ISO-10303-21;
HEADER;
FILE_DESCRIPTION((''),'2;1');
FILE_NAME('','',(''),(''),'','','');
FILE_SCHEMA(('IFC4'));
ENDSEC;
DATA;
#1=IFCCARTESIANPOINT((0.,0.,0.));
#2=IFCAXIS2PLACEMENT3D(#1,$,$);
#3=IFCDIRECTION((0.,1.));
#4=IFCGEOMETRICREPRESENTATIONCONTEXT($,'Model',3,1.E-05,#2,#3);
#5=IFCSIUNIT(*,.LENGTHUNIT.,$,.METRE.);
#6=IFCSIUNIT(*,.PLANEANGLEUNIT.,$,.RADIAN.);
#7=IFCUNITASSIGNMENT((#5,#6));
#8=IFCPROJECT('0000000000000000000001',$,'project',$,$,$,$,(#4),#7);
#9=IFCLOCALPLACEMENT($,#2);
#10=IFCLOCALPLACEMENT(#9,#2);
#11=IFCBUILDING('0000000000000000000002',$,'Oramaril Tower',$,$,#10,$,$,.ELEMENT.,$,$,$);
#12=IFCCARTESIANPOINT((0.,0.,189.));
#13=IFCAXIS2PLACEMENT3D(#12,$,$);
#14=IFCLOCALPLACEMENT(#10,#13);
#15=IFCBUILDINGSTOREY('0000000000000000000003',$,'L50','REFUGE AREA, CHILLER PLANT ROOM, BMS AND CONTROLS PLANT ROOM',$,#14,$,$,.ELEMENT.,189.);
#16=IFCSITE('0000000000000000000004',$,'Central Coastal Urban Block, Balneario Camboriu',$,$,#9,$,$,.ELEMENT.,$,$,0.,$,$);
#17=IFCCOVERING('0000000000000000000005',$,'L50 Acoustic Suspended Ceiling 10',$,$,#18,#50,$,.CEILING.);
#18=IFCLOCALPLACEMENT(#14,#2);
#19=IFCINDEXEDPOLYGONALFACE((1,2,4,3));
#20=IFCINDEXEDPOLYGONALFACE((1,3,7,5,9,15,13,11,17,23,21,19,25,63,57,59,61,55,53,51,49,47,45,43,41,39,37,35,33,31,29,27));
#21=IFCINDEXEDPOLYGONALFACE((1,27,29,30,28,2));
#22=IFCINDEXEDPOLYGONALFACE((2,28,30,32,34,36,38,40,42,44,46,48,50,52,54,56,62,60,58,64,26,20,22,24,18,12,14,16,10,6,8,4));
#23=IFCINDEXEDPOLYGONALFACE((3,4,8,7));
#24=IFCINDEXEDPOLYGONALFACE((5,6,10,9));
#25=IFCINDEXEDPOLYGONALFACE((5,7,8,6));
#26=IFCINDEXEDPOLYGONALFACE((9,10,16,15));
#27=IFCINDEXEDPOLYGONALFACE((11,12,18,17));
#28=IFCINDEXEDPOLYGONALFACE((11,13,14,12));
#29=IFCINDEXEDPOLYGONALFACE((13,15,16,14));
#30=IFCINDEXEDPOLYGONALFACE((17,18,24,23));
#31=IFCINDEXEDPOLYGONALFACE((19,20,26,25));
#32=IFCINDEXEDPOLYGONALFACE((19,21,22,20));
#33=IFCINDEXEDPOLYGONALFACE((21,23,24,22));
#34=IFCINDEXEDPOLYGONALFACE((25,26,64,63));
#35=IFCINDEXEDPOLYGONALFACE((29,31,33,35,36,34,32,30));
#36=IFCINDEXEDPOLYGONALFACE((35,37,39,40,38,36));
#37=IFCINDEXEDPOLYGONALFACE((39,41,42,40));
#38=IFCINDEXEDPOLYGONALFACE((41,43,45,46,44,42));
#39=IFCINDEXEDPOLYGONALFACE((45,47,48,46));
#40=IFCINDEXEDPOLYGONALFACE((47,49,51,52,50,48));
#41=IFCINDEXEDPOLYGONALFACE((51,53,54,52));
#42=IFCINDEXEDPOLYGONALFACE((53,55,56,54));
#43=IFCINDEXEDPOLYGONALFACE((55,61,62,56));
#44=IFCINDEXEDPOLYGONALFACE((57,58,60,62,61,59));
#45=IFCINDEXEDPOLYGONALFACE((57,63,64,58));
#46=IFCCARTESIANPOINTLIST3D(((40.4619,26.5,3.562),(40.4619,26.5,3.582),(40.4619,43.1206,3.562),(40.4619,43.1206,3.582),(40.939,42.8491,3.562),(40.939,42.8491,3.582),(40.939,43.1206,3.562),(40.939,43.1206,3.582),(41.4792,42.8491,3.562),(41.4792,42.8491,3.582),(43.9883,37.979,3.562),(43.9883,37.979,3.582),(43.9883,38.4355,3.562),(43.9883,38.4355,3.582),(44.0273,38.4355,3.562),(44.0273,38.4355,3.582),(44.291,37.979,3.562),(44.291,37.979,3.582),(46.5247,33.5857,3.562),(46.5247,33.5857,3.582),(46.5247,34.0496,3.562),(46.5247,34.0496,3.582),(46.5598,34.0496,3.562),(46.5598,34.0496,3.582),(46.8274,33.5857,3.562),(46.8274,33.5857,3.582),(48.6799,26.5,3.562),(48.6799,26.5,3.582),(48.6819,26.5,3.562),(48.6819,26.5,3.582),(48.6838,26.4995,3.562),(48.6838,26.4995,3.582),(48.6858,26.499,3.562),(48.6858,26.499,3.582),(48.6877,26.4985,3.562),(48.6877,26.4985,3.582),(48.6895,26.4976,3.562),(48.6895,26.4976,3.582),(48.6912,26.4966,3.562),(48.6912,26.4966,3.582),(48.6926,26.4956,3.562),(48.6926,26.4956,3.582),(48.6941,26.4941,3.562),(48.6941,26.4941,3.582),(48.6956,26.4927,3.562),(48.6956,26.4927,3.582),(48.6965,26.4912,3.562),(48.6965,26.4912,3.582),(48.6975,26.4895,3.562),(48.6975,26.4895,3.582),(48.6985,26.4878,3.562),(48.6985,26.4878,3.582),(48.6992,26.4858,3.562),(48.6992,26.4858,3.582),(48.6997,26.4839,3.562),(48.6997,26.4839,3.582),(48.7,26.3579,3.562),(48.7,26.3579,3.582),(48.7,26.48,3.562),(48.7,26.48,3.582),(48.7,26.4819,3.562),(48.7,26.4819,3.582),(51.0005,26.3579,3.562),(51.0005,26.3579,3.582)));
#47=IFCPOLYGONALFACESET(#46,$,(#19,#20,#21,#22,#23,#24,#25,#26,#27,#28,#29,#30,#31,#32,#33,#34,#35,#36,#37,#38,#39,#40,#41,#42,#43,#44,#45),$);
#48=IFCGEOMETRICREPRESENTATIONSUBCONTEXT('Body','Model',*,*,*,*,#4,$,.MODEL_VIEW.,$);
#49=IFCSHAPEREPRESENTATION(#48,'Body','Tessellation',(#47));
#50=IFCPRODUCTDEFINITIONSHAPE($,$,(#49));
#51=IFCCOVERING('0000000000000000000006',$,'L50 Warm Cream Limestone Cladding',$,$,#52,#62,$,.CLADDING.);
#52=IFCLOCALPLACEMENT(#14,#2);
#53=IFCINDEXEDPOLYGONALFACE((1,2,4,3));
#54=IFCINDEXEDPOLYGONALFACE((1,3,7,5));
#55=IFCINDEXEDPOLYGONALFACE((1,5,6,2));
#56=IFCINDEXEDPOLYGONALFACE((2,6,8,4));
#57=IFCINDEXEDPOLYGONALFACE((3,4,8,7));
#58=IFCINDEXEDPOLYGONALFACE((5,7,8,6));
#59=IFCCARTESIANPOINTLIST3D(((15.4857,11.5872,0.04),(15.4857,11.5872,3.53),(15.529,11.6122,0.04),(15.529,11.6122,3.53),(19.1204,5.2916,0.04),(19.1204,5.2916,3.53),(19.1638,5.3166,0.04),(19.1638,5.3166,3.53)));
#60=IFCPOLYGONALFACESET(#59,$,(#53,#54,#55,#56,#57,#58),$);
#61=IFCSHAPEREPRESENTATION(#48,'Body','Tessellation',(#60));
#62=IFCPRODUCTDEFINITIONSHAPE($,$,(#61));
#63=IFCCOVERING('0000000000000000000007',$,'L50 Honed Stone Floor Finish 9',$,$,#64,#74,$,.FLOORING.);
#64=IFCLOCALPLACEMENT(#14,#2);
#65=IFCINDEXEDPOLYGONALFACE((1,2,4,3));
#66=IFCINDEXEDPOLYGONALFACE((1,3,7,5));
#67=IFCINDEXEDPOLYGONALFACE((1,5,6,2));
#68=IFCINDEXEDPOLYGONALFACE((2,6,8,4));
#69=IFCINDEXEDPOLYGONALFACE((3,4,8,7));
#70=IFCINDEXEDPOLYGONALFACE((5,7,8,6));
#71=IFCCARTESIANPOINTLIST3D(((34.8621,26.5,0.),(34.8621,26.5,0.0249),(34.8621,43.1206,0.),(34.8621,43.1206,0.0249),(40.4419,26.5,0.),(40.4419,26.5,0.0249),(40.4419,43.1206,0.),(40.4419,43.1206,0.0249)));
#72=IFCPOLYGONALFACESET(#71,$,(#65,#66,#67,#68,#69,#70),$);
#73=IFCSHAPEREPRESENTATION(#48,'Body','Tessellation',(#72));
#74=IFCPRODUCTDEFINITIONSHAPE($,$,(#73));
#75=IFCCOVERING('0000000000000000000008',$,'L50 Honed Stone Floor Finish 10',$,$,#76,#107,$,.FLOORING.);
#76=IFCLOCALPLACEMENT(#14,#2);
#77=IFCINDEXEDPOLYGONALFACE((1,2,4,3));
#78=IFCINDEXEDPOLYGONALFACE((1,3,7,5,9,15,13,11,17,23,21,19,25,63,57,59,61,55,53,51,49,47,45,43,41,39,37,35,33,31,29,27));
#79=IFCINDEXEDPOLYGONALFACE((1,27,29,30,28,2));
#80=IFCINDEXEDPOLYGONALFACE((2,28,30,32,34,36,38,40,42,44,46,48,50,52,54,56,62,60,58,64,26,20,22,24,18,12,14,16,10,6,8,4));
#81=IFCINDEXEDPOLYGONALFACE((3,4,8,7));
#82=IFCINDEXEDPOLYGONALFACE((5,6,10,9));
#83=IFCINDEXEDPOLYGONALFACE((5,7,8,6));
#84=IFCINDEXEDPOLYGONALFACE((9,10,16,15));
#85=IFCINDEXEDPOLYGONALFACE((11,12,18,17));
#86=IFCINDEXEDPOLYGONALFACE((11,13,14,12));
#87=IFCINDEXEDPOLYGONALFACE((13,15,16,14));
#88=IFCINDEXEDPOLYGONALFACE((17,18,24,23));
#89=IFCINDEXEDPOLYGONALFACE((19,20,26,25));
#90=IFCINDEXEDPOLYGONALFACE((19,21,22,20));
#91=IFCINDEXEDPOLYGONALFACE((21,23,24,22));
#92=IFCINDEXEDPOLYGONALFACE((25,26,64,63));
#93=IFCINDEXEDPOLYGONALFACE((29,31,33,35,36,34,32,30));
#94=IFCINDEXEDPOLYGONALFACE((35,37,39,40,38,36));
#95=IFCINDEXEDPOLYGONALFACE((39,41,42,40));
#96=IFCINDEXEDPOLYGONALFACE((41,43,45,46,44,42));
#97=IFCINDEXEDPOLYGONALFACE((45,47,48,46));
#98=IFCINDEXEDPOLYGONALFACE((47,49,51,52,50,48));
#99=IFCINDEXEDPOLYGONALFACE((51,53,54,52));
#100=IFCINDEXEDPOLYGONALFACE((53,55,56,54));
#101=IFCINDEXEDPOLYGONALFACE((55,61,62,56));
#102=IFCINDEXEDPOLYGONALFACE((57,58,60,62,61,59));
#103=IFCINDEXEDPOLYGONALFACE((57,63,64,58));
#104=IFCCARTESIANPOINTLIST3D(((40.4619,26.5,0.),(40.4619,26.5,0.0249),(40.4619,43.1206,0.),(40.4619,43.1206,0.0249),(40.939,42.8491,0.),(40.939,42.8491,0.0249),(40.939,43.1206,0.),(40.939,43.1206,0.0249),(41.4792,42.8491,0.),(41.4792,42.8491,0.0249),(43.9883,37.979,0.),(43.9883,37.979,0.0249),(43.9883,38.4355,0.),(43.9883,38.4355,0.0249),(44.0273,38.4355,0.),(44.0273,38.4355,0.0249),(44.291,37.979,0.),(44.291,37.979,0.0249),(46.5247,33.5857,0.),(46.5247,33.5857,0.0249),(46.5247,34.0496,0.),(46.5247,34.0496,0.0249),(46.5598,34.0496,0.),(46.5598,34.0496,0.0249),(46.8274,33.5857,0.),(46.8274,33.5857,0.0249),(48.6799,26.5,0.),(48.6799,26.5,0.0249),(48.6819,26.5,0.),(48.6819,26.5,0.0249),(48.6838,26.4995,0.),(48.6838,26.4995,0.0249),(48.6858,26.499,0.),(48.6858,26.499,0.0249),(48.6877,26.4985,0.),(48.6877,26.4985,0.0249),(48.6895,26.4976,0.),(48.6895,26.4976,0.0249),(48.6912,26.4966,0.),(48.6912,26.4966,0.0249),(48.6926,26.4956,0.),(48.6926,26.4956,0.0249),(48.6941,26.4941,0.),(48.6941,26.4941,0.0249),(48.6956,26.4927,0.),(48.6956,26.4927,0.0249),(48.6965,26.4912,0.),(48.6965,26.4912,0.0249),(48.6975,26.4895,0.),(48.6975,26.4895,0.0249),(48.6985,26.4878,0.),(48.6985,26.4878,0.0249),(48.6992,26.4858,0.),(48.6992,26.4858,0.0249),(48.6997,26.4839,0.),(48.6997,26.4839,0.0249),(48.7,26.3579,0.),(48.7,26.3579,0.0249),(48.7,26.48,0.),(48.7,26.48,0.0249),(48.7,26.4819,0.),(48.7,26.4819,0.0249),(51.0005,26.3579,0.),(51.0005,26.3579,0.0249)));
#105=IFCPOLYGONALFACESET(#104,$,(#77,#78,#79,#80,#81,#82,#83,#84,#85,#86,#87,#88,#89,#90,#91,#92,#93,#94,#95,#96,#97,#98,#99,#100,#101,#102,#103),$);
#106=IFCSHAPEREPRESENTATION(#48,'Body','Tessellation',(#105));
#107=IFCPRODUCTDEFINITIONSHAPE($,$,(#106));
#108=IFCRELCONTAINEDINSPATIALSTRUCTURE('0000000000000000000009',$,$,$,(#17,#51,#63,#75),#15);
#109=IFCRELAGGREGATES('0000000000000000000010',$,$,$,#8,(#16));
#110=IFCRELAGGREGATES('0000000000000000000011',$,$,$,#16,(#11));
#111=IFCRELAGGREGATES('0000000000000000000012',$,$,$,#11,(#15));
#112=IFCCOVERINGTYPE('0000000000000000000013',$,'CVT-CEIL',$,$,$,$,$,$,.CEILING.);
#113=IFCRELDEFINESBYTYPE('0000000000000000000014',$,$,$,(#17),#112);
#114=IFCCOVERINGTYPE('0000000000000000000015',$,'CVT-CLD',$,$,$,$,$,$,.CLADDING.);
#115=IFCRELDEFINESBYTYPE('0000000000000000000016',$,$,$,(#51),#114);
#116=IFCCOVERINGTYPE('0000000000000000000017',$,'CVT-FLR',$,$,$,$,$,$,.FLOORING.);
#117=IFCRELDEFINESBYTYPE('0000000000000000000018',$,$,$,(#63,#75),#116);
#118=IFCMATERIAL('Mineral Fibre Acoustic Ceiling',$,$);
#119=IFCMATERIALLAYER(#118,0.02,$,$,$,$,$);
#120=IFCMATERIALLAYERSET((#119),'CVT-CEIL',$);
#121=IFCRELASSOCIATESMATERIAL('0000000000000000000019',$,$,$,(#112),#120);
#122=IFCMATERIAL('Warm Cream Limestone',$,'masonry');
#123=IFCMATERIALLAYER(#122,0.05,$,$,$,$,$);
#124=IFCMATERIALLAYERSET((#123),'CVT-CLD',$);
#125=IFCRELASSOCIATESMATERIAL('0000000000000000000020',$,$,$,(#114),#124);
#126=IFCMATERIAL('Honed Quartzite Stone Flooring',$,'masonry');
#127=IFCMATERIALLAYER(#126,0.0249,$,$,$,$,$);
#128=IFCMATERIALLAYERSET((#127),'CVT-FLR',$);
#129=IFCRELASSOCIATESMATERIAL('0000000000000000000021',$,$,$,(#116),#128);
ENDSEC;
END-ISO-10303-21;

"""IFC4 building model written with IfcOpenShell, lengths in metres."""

from ifc_helpers import new_model, si_unit, direction, frame, origin, origin_2d, place, context, subcontext, project, spatial, polyline, rectangle, outline, extrude, material, layer, layer_set, type_object, element, save


model = new_model("IFC4")

# Units and contexts
model_context = context("Model", 3, precision=1e-05, world=origin(), true_north=direction((0.0, 1.0)))
body_context = subcontext(model_context, "Body", "Model", "MODEL_VIEW")
ifc_project = project(units=[si_unit("LENGTHUNIT", "METRE"), si_unit("PLANEANGLEUNIT", "RADIAN")], contexts=[model_context])

# Site, building, storey
site_placement = place(None, origin())
site = spatial("IfcSite", under=ifc_project, at=site_placement, Name="Central Coastal Urban Block, Balneario Camboriu", CompositionType="ELEMENT", RefElevation=0.0)
building_placement = place(site_placement, origin())
building = spatial("IfcBuilding", under=site, at=building_placement, Name="Oramaril Tower", CompositionType="ELEMENT")
storey_placement = place(building_placement, frame((0.0, 0.0, 189.0)))
storey = spatial("IfcBuildingStorey", under=building, at=storey_placement, Name="L50", Description="REFUGE AREA, CHILLER PLANT ROOM, BMS AND CONTROLS PLANT ROOM", CompositionType="ELEMENT", Elevation=189.0)

# Coverings
ifc_material_1 = material(Name="Mineral Fibre Acoustic Ceiling")
ifc_layer_1 = layer(ifc_material_1, 0.02)
ifc_layer_set_1 = layer_set([ifc_layer_1], Name="CVT-CEIL")
covering_type_1 = type_object("IfcCoveringType", Name="CVT-CEIL", PredefinedType="CEILING", material=ifc_layer_set_1)
covering_1_placement = place(storey_placement, frame((0.0, 0.0, 3.562)))
element("IfcCovering", 1, at=covering_1_placement, inside=storey, type_object=covering_type_1, Name="L50 Acoustic Suspended Ceiling 10", PredefinedType="CEILING", context=body_context, shape_type="SweptSolid", body=[
    extrude(outline(polyline([(40.939, 43.1206), (40.939, 42.8491), (41.4792, 42.8491), (44.0273, 38.4355), (43.9883, 38.4355), (43.9883, 37.979), (44.291, 37.979), (46.5598, 34.0496), (46.5247, 34.0496), (46.5247, 33.5857), (46.8274, 33.5857), (51.0005, 26.3579), (48.7, 26.3579), (48.7, 26.48), (48.7, 26.4819), (48.6997, 26.4839), (48.6992, 26.4858), (48.6985, 26.4878), (48.6975, 26.4895), (48.6965, 26.4912), (48.6956, 26.4927), (48.6941, 26.4941), (48.6926, 26.4956), (48.6912, 26.4966), (48.6895, 26.4976), (48.6877, 26.4985), (48.6858, 26.499), (48.6838, 26.4995), (48.6819, 26.5), (48.6799, 26.5), (40.4619, 26.5), (40.4619, 43.1206), (40.939, 43.1206)])), origin(), (0.0, 0.0, 1.0), 0.02),
])
ifc_material_2 = material(Name="Warm Cream Limestone", Category="masonry")
ifc_layer_2 = layer(ifc_material_2, 0.05)
ifc_layer_set_2 = layer_set([ifc_layer_2], Name="CVT-CLD")
covering_type_2 = type_object("IfcCoveringType", Name="CVT-CLD", PredefinedType="CLADDING", material=ifc_layer_set_2)
covering_2_placement = place(storey_placement, frame((17.3247, 8.4519, 0.04), z_axis=(0.0, 0.0, 1.0), x_axis=(0.499998, -0.866026, 0.0)))
element("IfcCovering", 2, at=covering_2_placement, inside=storey, type_object=covering_type_2, Name="L50 Warm Cream Limestone Cladding", PredefinedType="CLADDING", context=body_context, shape_type="SweptSolid", body=[
    extrude(rectangle(XDim=7.2695, YDim=0.05, at=origin_2d()), origin(), (0.0, 0.0, 1.0), 3.49),
])
ifc_material_3 = material(Name="Honed Quartzite Stone Flooring", Category="masonry")
ifc_layer_3 = layer(ifc_material_3, 0.0249)
ifc_layer_set_3 = layer_set([ifc_layer_3], Name="CVT-FLR")
covering_type_3 = type_object("IfcCoveringType", Name="CVT-FLR", PredefinedType="FLOORING", material=ifc_layer_set_3)
covering_3_placement = place(storey_placement, origin())
element("IfcCovering", 3, at=covering_3_placement, inside=storey, type_object=covering_type_3, Name="L50 Honed Stone Floor Finish 9", PredefinedType="FLOORING", context=body_context, shape_type="SweptSolid", body=[
    extrude(outline(polyline([(40.4419, 43.1206), (40.4419, 26.5), (34.8621, 26.5), (34.8621, 43.1206), (40.4419, 43.1206)])), origin(), (0.0, 0.0, 1.0), 0.0249),
])
covering_4_placement = place(storey_placement, origin())
element("IfcCovering", 4, at=covering_4_placement, inside=storey, type_object=covering_type_3, Name="L50 Honed Stone Floor Finish 10", PredefinedType="FLOORING", context=body_context, shape_type="SweptSolid", body=[
    extrude(outline(polyline([(40.939, 43.1206), (40.939, 42.8491), (41.4792, 42.8491), (44.0273, 38.4355), (43.9883, 38.4355), (43.9883, 37.979), (44.291, 37.979), (46.5598, 34.0496), (46.5247, 34.0496), (46.5247, 33.5857), (46.8274, 33.5857), (51.0005, 26.3579), (48.7, 26.3579), (48.7, 26.48), (48.7, 26.4819), (48.6997, 26.4839), (48.6992, 26.4858), (48.6985, 26.4878), (48.6975, 26.4895), (48.6965, 26.4912), (48.6956, 26.4927), (48.6941, 26.4941), (48.6926, 26.4956), (48.6912, 26.4966), (48.6895, 26.4976), (48.6877, 26.4985), (48.6858, 26.499), (48.6838, 26.4995), (48.6819, 26.5), (48.6799, 26.5), (40.4619, 26.5), (40.4619, 43.1206), (40.939, 43.1206)])), origin(), (0.0, 0.0, 1.0), 0.0249),
])

save(model, "model.ifc")
